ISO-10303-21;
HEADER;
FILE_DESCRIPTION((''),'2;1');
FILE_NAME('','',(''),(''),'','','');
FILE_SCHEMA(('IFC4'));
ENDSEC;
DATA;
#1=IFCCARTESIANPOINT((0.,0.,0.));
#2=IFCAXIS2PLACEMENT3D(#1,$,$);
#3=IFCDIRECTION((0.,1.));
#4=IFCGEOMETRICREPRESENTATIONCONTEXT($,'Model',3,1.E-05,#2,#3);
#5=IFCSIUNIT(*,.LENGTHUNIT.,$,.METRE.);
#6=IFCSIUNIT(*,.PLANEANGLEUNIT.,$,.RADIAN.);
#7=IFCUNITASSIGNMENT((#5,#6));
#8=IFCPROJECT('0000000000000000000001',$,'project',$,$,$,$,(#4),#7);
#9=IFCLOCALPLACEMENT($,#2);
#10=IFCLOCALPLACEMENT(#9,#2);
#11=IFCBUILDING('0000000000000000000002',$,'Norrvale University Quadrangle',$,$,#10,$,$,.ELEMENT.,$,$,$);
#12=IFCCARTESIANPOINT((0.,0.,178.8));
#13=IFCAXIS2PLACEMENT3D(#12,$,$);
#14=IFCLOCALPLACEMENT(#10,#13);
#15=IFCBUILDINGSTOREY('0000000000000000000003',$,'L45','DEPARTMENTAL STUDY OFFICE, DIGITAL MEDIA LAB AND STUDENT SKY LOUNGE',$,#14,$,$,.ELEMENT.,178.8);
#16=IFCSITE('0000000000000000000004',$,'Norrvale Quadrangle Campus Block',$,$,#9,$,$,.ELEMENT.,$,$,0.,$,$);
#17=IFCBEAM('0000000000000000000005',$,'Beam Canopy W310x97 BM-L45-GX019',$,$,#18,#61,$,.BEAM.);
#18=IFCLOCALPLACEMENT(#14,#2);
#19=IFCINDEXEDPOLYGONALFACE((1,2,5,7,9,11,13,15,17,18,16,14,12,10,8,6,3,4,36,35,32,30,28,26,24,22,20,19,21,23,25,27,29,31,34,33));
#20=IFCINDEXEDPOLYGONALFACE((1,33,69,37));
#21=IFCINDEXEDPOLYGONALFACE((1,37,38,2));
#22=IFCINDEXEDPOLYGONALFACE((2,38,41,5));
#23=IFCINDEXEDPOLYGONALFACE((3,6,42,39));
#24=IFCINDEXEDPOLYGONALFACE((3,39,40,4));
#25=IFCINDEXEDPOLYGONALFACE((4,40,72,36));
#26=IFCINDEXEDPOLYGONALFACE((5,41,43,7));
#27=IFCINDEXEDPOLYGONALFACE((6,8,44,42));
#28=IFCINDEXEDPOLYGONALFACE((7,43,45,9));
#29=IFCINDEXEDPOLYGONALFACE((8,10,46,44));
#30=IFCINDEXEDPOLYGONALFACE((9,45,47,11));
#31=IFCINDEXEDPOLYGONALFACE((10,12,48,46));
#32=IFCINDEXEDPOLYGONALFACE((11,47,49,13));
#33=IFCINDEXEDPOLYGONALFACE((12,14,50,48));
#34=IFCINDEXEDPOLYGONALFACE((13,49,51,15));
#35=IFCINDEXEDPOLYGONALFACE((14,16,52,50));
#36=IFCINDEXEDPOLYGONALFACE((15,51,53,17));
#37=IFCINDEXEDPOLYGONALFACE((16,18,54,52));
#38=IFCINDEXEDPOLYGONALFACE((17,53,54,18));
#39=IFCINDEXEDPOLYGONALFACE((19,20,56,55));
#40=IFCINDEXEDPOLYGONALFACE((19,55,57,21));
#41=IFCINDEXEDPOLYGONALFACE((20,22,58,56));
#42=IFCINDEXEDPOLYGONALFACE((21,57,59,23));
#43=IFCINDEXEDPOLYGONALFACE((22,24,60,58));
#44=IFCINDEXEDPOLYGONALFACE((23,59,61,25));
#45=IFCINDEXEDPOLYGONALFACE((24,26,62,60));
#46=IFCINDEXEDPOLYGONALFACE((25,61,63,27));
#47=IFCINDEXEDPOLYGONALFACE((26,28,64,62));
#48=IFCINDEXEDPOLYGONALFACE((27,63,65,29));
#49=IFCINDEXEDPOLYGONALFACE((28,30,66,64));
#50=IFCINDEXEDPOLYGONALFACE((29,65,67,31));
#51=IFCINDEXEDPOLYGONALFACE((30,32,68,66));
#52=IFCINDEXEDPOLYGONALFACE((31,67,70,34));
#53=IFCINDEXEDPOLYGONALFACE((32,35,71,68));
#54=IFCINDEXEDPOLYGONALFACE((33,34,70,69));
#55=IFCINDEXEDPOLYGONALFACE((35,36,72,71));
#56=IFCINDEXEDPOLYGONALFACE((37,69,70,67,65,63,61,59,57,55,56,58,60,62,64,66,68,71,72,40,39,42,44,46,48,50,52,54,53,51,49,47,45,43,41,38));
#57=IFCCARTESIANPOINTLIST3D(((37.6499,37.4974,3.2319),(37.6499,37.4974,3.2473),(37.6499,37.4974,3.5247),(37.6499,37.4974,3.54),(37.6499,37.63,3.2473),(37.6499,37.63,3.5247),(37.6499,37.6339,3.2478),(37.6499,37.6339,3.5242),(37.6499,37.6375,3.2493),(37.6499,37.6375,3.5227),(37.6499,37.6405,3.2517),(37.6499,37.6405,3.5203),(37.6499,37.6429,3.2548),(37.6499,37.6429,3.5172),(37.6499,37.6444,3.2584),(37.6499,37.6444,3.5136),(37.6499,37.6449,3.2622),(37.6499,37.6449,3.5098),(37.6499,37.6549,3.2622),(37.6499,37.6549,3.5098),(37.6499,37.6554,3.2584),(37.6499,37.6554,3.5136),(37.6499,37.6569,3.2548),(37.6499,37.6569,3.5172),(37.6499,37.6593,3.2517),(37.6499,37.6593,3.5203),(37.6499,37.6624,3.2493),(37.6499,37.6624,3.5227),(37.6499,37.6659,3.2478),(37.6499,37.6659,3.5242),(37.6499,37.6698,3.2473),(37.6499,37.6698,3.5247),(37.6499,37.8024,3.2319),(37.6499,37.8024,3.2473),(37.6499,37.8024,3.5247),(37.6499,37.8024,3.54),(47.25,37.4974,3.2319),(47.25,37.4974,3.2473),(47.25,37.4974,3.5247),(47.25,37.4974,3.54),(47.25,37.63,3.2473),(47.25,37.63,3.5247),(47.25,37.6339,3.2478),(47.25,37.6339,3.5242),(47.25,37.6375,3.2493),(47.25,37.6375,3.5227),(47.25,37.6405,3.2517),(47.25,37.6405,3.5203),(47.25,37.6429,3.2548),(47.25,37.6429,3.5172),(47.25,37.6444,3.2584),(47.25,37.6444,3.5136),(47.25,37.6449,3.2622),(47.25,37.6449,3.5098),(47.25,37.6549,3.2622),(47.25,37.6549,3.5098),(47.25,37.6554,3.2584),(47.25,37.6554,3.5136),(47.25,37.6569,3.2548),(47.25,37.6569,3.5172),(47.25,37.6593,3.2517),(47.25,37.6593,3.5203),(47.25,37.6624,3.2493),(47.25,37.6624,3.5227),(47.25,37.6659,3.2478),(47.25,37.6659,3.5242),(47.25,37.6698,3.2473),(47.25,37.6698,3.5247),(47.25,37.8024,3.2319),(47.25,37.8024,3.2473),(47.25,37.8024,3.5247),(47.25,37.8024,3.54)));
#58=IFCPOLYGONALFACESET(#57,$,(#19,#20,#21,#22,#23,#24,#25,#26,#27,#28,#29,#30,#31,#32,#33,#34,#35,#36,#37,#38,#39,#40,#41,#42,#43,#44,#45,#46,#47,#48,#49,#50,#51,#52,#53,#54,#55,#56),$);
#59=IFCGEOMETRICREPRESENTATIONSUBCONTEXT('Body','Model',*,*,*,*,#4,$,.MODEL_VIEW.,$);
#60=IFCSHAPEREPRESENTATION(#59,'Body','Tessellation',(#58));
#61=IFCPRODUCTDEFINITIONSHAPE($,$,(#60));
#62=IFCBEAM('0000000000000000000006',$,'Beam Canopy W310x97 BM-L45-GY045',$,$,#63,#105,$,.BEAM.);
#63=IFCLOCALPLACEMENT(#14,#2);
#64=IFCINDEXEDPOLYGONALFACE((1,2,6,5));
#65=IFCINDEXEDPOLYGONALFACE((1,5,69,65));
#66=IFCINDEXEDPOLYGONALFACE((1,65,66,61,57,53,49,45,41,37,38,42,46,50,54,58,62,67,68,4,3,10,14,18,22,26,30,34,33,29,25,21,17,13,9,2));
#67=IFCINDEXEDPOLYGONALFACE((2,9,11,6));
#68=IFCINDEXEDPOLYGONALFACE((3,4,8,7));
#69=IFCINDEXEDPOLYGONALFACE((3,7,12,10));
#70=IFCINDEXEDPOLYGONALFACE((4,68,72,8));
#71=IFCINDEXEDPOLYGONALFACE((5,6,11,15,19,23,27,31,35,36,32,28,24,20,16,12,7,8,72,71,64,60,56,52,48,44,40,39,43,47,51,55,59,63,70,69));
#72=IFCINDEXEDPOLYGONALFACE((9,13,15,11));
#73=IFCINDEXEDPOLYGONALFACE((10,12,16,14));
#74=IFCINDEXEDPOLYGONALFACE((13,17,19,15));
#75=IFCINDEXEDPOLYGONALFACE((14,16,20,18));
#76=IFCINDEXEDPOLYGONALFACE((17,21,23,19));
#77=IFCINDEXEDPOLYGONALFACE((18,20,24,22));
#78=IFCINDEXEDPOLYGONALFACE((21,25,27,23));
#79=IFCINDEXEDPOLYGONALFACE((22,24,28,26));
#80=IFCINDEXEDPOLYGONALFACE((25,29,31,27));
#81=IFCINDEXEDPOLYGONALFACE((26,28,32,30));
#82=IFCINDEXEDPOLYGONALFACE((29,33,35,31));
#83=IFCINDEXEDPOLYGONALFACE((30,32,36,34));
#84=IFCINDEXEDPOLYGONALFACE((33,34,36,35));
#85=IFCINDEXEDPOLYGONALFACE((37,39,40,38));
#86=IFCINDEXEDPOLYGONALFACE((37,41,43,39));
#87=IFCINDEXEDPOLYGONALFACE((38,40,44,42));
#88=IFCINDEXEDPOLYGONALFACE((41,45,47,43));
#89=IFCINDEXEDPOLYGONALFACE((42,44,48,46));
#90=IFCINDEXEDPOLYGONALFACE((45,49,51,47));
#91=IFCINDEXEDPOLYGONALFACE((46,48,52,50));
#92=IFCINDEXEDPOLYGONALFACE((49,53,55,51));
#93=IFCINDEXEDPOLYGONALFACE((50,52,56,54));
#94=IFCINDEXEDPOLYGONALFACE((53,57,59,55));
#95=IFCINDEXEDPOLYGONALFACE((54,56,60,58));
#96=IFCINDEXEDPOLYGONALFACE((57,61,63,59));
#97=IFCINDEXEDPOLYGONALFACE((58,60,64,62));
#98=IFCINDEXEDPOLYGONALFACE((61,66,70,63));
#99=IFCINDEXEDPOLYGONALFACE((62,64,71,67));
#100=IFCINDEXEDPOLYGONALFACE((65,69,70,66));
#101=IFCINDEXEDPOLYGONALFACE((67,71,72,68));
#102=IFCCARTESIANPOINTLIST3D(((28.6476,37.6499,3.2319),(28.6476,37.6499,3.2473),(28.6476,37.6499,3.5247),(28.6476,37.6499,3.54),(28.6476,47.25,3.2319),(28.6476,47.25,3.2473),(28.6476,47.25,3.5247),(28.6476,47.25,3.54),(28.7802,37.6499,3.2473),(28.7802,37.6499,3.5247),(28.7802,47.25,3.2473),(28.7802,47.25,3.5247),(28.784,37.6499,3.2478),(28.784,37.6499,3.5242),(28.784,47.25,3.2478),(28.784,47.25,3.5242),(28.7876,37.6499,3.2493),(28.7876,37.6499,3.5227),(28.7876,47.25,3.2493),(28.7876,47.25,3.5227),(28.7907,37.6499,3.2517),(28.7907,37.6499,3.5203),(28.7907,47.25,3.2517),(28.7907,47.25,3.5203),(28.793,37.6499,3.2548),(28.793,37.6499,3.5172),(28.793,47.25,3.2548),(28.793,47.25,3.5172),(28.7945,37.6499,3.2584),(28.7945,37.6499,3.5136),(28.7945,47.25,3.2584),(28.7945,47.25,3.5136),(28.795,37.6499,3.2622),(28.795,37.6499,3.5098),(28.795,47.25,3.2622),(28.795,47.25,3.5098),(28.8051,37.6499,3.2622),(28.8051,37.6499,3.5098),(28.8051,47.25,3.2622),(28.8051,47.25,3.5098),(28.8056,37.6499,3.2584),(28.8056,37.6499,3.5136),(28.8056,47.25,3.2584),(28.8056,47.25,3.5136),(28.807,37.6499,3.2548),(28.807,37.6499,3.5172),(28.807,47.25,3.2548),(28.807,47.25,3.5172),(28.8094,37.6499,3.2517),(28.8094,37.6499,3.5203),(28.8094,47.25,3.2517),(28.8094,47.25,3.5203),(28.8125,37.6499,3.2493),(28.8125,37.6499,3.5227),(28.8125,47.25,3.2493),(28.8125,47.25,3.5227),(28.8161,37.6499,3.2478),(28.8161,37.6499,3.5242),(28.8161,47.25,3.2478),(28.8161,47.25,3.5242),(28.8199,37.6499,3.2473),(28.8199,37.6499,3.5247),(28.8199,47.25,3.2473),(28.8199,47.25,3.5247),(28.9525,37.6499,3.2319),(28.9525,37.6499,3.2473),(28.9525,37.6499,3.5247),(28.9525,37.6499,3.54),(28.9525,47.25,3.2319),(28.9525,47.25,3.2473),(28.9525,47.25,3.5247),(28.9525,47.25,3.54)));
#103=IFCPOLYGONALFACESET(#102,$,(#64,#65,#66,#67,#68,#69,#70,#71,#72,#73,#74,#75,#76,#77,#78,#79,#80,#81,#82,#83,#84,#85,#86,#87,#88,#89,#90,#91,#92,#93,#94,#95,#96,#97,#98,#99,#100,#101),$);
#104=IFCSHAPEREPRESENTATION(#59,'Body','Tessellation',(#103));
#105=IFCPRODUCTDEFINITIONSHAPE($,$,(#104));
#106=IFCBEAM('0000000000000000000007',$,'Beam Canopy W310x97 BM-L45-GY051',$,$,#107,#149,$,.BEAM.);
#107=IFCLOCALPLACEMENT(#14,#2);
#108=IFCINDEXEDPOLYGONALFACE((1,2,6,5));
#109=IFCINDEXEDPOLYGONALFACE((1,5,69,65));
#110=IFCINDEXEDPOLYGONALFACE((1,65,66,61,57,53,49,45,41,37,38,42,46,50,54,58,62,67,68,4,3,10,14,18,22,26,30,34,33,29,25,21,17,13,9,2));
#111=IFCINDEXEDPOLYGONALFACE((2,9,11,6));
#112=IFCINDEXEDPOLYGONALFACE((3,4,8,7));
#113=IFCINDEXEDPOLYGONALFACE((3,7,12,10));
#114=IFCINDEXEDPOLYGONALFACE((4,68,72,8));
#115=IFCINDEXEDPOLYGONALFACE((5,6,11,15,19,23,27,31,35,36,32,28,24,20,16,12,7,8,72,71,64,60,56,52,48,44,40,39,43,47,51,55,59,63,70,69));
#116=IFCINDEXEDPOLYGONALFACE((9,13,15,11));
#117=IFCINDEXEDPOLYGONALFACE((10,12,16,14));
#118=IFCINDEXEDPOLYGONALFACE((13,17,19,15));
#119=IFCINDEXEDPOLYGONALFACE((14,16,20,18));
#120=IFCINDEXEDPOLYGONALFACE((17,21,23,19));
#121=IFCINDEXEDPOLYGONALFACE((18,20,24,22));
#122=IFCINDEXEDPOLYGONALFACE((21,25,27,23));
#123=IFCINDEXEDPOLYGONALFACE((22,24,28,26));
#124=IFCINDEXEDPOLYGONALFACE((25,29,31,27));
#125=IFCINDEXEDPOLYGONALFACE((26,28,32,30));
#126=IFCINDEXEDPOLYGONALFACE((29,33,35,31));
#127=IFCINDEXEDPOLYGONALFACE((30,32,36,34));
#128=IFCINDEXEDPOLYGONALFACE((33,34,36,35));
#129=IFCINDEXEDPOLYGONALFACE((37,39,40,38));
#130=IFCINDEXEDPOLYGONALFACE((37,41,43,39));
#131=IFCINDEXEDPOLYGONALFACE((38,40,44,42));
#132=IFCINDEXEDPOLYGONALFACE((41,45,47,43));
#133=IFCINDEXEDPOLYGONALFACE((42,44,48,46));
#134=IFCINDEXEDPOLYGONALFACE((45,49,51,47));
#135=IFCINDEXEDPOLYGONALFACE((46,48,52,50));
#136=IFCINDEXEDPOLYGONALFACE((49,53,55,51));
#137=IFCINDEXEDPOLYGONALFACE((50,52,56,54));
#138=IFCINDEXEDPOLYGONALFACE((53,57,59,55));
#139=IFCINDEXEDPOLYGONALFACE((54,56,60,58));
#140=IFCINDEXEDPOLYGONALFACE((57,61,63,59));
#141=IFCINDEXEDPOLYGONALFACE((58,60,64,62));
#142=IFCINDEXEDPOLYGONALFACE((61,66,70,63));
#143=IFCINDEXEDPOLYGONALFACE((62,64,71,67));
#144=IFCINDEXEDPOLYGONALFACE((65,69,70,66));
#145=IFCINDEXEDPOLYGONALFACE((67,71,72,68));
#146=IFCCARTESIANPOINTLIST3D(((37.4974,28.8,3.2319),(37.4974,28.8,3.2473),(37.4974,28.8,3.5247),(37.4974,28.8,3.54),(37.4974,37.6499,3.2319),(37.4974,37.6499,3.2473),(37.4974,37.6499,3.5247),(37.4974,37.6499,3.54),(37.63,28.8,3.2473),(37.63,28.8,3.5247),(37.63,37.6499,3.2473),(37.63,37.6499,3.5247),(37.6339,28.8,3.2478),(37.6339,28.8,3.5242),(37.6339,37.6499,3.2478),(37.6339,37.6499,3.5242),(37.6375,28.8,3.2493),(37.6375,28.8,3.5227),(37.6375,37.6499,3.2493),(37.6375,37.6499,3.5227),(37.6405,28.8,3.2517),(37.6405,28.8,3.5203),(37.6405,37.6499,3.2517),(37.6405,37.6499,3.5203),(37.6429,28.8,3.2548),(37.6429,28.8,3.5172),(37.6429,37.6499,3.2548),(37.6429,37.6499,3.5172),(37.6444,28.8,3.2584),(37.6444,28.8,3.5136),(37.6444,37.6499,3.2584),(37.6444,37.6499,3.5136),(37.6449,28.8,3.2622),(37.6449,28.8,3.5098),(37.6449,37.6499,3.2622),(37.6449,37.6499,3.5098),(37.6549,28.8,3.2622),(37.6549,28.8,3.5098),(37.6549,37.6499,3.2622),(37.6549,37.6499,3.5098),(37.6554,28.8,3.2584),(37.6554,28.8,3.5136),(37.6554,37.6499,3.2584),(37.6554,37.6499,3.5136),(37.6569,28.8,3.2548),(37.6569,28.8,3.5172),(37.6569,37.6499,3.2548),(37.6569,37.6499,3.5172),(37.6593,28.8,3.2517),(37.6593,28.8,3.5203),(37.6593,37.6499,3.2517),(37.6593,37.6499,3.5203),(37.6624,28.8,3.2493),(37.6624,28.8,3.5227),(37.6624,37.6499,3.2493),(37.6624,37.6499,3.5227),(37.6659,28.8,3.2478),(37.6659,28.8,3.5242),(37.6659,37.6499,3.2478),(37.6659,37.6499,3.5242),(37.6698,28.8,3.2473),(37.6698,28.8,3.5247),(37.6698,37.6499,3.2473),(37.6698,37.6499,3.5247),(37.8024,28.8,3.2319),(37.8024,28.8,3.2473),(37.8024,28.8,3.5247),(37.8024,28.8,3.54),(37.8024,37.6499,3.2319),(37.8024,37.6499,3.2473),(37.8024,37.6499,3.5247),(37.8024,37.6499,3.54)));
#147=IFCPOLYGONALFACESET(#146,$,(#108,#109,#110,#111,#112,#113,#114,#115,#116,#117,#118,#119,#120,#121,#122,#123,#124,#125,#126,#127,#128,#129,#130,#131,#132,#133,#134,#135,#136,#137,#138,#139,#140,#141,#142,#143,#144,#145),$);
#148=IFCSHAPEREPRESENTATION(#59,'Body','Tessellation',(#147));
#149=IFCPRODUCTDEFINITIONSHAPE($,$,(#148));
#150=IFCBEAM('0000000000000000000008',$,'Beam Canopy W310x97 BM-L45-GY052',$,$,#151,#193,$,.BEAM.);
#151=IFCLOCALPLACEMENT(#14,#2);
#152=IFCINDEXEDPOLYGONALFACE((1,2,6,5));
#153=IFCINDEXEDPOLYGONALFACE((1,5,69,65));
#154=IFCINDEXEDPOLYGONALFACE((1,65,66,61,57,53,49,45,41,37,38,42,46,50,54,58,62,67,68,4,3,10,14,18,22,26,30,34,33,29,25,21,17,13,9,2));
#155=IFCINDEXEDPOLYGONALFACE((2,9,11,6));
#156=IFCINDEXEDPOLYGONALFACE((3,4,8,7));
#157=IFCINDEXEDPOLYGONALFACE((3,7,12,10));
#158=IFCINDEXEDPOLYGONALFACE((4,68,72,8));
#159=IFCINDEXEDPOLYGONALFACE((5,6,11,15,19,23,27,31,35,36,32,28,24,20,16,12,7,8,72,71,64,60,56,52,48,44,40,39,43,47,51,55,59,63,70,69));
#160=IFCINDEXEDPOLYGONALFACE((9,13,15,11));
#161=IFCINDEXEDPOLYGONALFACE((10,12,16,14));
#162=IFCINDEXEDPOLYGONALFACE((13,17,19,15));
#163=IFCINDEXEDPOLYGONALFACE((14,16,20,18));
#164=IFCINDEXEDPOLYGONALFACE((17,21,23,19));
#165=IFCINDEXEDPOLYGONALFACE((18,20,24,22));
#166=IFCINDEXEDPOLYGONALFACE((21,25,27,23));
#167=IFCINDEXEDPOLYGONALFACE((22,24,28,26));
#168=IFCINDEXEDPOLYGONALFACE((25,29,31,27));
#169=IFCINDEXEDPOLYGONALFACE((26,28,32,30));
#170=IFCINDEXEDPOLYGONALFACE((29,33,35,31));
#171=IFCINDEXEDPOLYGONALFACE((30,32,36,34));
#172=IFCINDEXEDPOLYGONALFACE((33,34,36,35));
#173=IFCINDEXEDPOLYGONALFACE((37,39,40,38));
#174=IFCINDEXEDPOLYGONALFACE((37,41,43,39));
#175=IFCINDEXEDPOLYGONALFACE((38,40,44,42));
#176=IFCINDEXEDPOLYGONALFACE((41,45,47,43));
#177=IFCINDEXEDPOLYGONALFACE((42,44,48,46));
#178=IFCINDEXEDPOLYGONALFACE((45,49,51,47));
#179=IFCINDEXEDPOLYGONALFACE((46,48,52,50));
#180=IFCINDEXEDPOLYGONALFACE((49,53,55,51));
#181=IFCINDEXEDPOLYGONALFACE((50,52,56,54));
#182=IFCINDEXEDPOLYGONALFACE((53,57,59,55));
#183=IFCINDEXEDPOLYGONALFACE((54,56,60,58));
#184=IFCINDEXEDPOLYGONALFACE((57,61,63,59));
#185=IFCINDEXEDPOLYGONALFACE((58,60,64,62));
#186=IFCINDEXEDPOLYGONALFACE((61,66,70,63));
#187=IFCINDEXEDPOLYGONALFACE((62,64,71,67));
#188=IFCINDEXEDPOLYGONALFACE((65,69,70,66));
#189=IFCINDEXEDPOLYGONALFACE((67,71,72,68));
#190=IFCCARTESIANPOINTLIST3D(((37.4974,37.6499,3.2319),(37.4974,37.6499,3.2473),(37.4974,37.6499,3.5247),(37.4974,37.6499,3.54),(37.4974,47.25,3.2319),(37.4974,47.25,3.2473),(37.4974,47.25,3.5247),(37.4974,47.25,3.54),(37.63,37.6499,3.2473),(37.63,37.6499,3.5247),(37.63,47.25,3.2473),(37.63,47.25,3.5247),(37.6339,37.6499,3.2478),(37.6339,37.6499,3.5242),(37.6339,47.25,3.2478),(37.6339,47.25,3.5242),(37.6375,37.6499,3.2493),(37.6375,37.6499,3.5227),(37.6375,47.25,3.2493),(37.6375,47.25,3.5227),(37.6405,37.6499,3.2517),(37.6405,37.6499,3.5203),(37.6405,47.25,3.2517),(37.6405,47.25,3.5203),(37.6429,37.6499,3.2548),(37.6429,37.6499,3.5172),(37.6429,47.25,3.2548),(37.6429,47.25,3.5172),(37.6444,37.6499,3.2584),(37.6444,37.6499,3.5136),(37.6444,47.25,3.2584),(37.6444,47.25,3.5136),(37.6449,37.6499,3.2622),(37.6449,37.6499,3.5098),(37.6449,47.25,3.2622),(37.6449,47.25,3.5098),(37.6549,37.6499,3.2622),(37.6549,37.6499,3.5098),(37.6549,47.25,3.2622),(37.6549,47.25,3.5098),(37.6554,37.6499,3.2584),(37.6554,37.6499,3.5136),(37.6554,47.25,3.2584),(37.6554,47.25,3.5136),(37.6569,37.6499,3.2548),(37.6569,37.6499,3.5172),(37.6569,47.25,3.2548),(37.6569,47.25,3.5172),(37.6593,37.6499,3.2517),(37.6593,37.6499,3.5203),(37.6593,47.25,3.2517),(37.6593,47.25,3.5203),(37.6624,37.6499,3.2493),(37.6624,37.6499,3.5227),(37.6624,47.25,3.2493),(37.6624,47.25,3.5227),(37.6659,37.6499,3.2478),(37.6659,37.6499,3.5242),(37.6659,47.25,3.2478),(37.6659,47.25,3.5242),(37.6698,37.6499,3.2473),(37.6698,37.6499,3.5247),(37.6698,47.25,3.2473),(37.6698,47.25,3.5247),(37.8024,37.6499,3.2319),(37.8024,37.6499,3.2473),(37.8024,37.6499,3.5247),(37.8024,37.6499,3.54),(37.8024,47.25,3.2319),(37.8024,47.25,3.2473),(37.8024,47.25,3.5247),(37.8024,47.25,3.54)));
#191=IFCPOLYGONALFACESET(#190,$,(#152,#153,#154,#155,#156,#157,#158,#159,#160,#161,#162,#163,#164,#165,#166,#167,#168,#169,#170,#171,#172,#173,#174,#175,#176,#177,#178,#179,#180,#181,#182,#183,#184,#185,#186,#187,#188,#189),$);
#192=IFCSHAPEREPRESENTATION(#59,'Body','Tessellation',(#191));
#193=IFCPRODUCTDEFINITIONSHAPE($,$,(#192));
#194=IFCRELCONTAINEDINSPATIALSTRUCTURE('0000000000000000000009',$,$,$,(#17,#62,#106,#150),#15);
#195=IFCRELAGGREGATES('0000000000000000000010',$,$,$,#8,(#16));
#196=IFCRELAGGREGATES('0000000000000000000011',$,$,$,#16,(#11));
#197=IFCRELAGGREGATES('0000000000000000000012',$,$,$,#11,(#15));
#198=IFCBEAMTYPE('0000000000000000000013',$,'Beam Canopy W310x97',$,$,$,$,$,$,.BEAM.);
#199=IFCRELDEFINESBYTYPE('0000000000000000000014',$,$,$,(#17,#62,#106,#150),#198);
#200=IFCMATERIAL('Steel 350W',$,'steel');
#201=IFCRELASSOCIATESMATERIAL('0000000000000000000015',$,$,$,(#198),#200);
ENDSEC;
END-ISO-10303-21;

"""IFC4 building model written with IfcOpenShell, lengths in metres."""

from ifc_helpers import new_model, si_unit, direction, frame, origin, origin_2d, place, context, subcontext, project, spatial, i_section, extrude, material, material_profile, profile_set, type_object, element, save


model = new_model("IFC4")

# Units and contexts
model_context = context("Model", 3, precision=1e-05, world=origin(), true_north=direction((0.0, 1.0)))
body_context = subcontext(model_context, "Body", "Model", "MODEL_VIEW")
ifc_project = project(units=[si_unit("LENGTHUNIT", "METRE"), si_unit("PLANEANGLEUNIT", "RADIAN")], contexts=[model_context])

# Site, building, storey
site_placement = place(None, origin())
site = spatial("IfcSite", under=ifc_project, at=site_placement, Name="Norrvale Quadrangle Campus Block", CompositionType="ELEMENT", RefElevation=0.0)
building_placement = place(site_placement, origin())
building = spatial("IfcBuilding", under=site, at=building_placement, Name="Norrvale University Quadrangle", CompositionType="ELEMENT")
storey_placement = place(building_placement, frame((0.0, 0.0, 178.8)))
storey = spatial("IfcBuildingStorey", under=building, at=storey_placement, Name="L45", Description="DEPARTMENTAL STUDY OFFICE, DIGITAL MEDIA LAB AND STUDENT SKY LOUNGE", CompositionType="ELEMENT", Elevation=178.8)

# Beams
ifc_material_1 = material(Name="Steel 350W", Category="steel")
ifc_material_profile_1 = material_profile(ifc_material_1, i_section(OverallWidth=0.3049, OverallDepth=0.3081, WebThickness=0.01, FlangeThickness=0.0154, FilletRadius=0.0149, at=origin_2d()), Name="Steel 350W")
ifc_profile_set_1 = profile_set([ifc_material_profile_1], Name="Steel 350W")
beam_type_1 = type_object("IfcBeamType", Name="Beam Canopy W310x97", PredefinedType="BEAM", material=ifc_profile_set_1)
for number, where, z_axis, x_axis, name in (
    (1, (37.6499, 37.6499, 3.386), (1.0, 0.0, 0.0), (0.0, 1.0, 0.0), "Beam Canopy W310x97 BM-L45-GX019"),
    (2, (28.8, 37.6499, 3.386), (0.0, 1.0, 0.0), (-1.0, 0.0, 0.0), "Beam Canopy W310x97 BM-L45-GY045"),
):
    element("IfcBeam", number, at=place(storey_placement, frame(where, z_axis=z_axis, x_axis=x_axis)), inside=storey, type_object=beam_type_1, Name=name, PredefinedType="BEAM", context=body_context, shape_type="SweptSolid", body=[
        extrude(i_section(OverallWidth=0.3049, OverallDepth=0.3081, WebThickness=0.01, FlangeThickness=0.0154, FilletRadius=0.0149, at=origin_2d()), origin(), (0.0, 0.0, 1.0), 9.6001),
    ])
beam_1_placement = place(storey_placement, frame((37.6499, 28.8, 3.386), z_axis=(0.0, 1.0, 0.0), x_axis=(-1.0, 0.0, 0.0)))
element("IfcBeam", 3, at=beam_1_placement, inside=storey, type_object=beam_type_1, Name="Beam Canopy W310x97 BM-L45-GY051", PredefinedType="BEAM", context=body_context, shape_type="SweptSolid", body=[
    extrude(i_section(OverallWidth=0.3049, OverallDepth=0.3081, WebThickness=0.01, FlangeThickness=0.0154, FilletRadius=0.0149, at=origin_2d()), origin(), (0.0, 0.0, 1.0), 8.8499),
])
beam_2_placement = place(storey_placement, frame((37.6499, 37.6499, 3.386), z_axis=(0.0, 1.0, 0.0), x_axis=(-1.0, 0.0, 0.0)))
element("IfcBeam", 4, at=beam_2_placement, inside=storey, type_object=beam_type_1, Name="Beam Canopy W310x97 BM-L45-GY052", PredefinedType="BEAM", context=body_context, shape_type="SweptSolid", body=[
    extrude(i_section(OverallWidth=0.3049, OverallDepth=0.3081, WebThickness=0.01, FlangeThickness=0.0154, FilletRadius=0.0149, at=origin_2d()), origin(), (0.0, 0.0, 1.0), 9.6001),
])

save(model, "model.ifc")
